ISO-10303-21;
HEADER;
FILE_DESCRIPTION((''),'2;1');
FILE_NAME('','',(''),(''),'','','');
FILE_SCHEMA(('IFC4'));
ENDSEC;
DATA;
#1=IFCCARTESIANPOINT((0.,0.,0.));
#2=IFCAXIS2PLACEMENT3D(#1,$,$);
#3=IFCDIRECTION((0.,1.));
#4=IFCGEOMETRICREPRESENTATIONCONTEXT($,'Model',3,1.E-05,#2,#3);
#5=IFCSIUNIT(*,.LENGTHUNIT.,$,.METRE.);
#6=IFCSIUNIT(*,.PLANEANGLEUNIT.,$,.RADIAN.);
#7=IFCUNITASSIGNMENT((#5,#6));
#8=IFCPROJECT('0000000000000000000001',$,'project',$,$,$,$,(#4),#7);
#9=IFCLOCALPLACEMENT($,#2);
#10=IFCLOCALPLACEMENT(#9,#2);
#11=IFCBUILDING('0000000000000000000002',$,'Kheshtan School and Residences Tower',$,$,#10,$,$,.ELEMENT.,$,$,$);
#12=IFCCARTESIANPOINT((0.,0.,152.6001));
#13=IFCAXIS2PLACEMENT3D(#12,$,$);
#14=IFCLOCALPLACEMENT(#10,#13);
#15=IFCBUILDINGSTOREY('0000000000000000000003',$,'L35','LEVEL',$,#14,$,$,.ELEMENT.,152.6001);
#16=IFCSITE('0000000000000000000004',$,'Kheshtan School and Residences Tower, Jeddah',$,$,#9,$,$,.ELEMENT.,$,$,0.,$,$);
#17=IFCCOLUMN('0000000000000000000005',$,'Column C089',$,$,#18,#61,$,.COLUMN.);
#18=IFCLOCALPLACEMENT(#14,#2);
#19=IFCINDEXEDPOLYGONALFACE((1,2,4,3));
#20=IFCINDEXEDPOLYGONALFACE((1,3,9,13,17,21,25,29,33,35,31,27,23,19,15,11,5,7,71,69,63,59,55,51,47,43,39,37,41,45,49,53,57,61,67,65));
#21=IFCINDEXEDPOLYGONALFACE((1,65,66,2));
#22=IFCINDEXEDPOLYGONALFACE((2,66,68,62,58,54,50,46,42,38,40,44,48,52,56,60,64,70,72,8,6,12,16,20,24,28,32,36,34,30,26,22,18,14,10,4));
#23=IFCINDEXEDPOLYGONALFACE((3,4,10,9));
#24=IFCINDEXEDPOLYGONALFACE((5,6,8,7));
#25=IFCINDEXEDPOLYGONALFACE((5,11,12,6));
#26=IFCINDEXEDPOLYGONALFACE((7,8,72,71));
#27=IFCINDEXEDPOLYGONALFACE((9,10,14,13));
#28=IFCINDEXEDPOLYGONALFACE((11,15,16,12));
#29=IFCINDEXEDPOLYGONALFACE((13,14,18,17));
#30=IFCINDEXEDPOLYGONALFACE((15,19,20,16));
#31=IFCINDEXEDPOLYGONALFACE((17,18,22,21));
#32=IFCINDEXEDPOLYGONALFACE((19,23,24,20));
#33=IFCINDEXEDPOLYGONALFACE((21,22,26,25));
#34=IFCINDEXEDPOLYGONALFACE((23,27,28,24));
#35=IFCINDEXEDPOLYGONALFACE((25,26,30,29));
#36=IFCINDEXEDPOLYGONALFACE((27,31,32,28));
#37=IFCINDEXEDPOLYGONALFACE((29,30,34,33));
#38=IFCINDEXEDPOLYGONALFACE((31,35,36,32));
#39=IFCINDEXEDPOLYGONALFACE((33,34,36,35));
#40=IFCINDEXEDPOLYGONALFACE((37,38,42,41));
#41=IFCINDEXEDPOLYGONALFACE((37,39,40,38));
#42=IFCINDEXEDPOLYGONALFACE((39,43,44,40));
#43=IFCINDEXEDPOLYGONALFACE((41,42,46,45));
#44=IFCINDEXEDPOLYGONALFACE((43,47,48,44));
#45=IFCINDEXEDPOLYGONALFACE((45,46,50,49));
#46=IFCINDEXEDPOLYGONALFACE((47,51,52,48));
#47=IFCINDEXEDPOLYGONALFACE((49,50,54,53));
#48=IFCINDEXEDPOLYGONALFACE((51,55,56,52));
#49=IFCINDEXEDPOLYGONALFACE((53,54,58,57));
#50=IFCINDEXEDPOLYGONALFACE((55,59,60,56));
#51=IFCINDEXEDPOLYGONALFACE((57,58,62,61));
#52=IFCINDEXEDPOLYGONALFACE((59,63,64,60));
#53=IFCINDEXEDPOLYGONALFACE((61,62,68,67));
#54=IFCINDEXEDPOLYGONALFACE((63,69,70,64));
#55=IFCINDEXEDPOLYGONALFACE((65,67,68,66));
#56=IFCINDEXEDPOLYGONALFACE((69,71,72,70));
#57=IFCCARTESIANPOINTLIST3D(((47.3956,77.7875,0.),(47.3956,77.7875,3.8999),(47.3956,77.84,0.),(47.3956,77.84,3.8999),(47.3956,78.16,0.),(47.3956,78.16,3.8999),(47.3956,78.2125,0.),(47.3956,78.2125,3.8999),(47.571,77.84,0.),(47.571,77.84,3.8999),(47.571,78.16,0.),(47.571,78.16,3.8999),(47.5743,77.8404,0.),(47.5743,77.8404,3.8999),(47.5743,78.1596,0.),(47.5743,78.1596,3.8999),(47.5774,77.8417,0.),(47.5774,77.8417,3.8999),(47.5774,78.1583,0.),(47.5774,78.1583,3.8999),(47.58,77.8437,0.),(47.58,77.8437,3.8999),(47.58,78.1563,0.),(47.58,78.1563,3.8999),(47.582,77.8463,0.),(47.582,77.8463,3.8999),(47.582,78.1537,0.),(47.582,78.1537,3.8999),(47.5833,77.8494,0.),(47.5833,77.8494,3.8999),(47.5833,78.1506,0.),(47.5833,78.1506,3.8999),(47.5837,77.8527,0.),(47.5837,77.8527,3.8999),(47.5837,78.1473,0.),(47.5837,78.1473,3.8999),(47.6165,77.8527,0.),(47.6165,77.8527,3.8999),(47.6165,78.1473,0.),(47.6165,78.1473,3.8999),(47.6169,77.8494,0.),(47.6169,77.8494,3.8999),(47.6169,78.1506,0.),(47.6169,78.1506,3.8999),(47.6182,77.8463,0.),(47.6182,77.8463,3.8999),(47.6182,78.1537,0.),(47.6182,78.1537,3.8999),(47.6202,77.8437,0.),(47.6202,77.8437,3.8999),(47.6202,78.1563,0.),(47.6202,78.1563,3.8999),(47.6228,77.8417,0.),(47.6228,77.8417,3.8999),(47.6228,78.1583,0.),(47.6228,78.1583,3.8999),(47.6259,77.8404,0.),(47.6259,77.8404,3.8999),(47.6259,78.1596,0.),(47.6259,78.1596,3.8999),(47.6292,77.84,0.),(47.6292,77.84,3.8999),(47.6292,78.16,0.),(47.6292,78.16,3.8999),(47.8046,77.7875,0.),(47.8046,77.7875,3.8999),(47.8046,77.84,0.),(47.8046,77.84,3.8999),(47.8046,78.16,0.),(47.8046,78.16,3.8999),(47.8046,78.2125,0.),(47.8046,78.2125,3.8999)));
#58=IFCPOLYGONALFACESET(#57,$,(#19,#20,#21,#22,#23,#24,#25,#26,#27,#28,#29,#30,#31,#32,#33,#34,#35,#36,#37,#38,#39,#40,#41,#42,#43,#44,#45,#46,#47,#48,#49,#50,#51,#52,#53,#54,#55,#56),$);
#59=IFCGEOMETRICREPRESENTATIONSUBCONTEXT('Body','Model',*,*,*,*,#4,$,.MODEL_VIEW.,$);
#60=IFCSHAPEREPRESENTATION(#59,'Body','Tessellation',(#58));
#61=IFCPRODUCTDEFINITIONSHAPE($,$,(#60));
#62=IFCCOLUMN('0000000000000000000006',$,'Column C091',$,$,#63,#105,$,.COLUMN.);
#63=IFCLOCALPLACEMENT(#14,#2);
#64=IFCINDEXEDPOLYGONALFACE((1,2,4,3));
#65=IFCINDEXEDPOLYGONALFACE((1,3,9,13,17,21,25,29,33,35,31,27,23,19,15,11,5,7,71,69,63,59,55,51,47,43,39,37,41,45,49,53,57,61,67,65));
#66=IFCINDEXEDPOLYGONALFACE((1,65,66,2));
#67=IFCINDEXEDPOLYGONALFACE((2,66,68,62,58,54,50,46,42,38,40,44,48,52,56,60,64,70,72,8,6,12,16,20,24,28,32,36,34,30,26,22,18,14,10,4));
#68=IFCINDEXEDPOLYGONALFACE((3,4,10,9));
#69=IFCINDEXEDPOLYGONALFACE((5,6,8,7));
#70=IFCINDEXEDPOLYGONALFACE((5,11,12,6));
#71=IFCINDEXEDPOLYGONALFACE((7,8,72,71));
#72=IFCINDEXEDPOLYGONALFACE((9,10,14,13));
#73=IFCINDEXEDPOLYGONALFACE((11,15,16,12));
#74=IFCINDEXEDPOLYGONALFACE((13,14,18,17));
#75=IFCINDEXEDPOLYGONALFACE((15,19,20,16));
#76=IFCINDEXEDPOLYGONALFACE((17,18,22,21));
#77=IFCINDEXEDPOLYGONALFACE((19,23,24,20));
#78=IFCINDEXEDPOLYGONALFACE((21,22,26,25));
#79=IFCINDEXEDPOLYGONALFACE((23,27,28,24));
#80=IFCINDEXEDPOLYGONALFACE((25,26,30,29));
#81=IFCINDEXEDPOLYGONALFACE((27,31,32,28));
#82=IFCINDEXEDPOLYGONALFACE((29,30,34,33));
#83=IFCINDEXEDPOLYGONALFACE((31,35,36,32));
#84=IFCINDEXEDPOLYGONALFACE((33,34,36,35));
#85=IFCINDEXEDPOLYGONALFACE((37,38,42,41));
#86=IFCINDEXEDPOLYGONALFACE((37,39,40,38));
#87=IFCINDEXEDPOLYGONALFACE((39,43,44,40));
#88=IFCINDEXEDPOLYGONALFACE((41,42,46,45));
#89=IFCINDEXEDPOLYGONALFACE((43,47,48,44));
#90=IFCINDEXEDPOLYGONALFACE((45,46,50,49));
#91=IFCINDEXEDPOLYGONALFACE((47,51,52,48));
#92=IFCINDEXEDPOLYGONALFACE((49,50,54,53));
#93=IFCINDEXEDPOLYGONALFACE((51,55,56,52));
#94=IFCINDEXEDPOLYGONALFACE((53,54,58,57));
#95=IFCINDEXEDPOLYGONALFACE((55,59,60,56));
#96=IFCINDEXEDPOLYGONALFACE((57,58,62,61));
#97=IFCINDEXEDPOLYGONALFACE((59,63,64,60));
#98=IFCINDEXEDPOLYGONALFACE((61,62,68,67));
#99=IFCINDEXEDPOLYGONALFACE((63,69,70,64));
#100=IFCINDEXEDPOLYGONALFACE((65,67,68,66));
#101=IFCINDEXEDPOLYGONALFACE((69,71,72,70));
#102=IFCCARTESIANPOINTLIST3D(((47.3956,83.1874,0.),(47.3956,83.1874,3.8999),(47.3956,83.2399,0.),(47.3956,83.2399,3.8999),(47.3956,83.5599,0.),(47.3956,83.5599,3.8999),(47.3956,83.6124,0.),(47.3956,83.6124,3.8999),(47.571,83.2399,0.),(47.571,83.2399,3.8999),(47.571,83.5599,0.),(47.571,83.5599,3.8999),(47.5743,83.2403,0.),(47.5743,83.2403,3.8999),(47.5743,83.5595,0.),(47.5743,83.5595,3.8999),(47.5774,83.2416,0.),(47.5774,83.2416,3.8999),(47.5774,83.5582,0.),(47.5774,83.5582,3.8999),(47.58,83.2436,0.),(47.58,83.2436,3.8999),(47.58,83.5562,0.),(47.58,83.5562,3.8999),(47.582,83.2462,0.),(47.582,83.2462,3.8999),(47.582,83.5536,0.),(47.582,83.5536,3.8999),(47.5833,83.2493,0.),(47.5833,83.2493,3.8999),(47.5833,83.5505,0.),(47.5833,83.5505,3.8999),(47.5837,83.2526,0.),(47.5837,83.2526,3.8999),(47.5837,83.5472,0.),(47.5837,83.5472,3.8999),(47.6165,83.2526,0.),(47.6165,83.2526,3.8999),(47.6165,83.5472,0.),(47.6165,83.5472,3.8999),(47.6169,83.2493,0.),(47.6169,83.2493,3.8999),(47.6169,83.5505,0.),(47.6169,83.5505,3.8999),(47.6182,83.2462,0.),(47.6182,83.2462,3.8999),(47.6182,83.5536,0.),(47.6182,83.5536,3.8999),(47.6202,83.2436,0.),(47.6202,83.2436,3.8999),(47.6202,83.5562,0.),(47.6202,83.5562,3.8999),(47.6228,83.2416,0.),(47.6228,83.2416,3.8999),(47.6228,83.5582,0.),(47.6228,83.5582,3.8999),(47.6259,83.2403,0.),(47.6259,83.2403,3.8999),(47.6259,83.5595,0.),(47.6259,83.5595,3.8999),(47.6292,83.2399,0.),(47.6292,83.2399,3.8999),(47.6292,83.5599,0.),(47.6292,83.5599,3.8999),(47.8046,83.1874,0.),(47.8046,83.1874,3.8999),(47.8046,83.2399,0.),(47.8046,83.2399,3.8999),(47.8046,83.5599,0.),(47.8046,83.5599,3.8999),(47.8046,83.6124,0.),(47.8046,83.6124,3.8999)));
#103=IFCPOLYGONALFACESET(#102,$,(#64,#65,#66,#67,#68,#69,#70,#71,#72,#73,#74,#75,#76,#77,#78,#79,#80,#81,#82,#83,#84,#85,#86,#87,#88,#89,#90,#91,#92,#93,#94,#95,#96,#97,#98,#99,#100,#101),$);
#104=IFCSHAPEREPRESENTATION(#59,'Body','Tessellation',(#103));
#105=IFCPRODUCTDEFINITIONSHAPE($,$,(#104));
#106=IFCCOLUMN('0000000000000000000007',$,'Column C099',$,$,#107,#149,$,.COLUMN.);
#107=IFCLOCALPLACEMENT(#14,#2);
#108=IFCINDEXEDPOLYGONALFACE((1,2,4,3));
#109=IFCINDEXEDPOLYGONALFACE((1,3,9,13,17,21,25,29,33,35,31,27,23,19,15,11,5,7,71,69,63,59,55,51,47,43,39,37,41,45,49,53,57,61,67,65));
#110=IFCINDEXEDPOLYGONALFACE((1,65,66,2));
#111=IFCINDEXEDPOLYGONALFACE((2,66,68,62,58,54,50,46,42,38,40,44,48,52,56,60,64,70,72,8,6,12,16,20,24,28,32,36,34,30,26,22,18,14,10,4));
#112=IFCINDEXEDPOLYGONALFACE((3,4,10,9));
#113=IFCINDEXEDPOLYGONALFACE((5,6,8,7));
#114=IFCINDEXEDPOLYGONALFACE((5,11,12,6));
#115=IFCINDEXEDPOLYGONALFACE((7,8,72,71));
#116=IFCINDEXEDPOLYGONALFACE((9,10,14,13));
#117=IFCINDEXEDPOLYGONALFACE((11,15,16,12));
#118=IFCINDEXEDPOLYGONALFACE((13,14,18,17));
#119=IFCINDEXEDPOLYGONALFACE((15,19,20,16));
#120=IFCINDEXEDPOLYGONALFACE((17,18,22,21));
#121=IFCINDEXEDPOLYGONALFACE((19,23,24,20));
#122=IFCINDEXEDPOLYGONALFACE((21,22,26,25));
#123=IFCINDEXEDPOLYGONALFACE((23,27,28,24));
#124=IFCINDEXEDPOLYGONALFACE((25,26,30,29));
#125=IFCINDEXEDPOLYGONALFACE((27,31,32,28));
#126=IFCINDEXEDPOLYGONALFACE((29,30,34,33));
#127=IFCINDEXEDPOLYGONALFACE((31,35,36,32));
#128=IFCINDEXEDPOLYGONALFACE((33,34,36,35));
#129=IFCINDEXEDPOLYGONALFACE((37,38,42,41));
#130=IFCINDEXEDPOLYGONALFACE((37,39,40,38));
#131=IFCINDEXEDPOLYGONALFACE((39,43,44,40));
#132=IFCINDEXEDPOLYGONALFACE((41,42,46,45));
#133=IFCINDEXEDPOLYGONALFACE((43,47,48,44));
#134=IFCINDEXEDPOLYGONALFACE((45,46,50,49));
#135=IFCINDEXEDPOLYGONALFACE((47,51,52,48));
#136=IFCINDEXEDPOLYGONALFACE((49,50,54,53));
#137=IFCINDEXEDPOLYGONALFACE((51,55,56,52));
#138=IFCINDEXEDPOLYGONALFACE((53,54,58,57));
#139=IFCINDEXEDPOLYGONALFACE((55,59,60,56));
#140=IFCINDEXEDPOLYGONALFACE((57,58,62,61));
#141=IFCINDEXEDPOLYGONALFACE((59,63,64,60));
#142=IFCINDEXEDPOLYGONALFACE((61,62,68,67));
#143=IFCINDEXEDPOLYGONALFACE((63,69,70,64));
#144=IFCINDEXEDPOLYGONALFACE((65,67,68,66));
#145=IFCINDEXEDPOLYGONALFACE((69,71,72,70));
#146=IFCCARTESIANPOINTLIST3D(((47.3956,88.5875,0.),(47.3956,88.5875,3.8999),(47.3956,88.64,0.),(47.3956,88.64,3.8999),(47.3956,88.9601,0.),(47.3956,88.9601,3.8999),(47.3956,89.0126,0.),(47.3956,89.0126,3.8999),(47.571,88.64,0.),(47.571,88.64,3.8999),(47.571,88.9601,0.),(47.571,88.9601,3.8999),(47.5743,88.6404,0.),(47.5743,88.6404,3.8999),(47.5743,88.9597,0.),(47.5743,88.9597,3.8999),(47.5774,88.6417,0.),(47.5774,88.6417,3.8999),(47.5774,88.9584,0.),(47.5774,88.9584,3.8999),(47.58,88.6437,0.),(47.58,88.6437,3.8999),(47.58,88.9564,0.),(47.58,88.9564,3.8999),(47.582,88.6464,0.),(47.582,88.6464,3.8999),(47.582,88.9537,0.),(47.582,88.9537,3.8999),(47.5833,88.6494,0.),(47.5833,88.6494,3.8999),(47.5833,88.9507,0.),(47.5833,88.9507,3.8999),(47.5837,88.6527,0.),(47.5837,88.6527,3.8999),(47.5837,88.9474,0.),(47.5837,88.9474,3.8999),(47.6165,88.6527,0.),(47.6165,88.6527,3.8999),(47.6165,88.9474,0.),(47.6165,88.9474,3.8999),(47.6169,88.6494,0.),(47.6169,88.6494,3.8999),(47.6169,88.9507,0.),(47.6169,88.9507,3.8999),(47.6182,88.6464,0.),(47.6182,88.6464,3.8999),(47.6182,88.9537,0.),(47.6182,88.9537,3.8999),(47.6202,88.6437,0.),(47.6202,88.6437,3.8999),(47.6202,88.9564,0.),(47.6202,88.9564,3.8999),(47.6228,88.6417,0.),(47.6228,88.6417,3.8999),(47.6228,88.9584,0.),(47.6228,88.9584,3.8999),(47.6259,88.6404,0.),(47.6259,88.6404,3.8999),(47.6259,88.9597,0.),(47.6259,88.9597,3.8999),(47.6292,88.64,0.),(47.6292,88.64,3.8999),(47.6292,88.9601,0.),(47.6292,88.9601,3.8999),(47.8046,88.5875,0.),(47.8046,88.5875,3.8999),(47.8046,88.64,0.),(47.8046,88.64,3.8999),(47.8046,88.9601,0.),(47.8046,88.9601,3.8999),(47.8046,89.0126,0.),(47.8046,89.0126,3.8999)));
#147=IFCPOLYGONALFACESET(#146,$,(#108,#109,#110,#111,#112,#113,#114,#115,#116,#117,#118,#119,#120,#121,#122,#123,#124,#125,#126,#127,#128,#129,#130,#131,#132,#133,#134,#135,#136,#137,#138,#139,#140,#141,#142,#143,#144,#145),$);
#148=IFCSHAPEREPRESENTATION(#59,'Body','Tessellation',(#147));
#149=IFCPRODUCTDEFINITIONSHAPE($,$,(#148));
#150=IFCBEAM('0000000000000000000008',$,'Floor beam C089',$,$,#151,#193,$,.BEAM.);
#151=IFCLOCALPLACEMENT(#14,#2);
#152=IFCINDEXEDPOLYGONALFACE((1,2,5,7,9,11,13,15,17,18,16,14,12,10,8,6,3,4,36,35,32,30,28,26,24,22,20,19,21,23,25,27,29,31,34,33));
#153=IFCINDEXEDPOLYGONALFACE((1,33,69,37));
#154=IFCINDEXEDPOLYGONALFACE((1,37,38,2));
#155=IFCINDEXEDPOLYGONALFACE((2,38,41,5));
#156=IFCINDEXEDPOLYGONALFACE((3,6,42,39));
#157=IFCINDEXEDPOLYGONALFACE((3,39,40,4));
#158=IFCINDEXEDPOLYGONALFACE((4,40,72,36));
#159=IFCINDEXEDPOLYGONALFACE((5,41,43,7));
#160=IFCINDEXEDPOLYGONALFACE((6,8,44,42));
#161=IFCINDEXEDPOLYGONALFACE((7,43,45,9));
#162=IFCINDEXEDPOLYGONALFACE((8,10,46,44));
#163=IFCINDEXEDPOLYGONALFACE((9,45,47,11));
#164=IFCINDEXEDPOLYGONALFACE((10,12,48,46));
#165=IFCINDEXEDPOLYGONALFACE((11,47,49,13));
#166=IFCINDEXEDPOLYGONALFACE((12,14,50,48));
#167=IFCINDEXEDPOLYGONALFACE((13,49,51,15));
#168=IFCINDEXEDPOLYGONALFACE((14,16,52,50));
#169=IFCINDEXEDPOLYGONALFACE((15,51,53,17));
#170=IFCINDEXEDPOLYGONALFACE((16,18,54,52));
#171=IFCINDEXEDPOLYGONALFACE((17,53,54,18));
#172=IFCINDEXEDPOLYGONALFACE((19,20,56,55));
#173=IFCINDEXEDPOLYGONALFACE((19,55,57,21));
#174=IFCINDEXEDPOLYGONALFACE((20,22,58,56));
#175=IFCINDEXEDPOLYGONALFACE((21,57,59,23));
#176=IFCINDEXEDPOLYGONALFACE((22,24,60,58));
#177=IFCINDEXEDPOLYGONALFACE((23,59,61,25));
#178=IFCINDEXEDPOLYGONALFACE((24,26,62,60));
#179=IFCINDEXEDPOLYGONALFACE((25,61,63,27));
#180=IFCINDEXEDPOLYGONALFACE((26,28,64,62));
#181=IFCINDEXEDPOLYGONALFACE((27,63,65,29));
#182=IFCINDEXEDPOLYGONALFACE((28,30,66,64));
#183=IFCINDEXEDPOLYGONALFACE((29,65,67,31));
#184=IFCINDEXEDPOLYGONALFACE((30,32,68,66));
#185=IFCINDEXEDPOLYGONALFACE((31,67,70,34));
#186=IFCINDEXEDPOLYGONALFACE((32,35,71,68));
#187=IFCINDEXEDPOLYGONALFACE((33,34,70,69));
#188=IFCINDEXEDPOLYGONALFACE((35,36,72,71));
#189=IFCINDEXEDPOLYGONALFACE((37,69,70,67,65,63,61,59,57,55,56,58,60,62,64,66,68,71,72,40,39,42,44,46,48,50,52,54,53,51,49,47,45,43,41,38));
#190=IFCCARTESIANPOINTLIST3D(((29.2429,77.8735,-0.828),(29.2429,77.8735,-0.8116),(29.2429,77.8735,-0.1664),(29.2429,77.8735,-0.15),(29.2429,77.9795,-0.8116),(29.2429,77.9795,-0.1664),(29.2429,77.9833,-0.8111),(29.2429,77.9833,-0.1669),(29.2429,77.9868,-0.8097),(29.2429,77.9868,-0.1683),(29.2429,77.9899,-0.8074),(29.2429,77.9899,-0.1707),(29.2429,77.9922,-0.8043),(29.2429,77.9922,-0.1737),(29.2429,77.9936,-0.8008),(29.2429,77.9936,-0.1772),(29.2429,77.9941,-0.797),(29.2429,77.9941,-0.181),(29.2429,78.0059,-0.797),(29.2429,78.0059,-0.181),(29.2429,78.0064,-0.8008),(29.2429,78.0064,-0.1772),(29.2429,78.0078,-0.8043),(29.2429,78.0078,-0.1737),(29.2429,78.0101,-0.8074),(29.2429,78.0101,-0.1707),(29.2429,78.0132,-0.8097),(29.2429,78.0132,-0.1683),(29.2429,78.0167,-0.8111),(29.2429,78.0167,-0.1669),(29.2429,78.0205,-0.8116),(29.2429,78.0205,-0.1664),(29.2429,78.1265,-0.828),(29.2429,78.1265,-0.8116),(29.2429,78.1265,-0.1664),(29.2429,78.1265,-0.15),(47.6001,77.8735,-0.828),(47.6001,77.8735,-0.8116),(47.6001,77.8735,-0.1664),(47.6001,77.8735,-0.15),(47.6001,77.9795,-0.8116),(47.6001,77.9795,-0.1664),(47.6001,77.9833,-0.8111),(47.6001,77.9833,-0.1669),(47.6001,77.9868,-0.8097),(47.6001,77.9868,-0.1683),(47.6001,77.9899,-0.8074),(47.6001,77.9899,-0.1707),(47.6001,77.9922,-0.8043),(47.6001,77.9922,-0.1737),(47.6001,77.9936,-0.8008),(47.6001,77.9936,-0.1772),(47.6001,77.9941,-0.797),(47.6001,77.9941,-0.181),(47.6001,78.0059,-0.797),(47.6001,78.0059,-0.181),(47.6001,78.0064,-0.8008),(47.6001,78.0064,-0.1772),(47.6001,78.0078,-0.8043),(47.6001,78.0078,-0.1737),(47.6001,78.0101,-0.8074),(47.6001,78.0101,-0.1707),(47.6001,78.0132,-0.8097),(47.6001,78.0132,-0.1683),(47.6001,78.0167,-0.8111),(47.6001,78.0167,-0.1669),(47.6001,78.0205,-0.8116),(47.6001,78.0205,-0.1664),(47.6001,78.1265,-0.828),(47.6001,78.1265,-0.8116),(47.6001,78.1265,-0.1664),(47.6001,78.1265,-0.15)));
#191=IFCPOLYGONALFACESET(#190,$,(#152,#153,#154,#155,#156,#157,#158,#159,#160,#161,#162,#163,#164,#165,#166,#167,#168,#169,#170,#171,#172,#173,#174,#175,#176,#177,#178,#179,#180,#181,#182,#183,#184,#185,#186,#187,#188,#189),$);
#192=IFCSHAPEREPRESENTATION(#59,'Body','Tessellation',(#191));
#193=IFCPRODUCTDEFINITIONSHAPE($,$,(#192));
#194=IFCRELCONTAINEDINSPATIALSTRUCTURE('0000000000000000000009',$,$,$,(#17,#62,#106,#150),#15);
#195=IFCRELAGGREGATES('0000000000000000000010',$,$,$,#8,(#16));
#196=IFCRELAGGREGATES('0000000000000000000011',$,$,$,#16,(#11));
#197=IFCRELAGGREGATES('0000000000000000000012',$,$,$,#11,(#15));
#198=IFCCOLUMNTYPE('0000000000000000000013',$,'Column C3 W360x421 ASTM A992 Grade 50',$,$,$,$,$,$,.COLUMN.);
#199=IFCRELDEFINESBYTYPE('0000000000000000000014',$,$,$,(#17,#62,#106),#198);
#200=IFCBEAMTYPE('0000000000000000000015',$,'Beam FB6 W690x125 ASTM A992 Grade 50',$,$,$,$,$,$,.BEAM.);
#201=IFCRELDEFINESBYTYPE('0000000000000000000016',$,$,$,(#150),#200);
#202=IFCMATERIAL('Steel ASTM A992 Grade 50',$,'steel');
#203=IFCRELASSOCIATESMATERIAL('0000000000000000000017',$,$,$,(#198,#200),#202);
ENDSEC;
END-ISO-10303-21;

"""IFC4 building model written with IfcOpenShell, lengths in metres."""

from ifc_helpers import new_model, si_unit, direction, frame, origin, origin_2d, place, context, subcontext, project, spatial, i_section, extrude, material, material_profile, profile_set, type_object, element, save


model = new_model("IFC4")

# Units and contexts
model_context = context("Model", 3, precision=1e-05, world=origin(), true_north=direction((0.0, 1.0)))
body_context = subcontext(model_context, "Body", "Model", "MODEL_VIEW")
ifc_project = project(units=[si_unit("LENGTHUNIT", "METRE"), si_unit("PLANEANGLEUNIT", "RADIAN")], contexts=[model_context])

# Site, building, storey
site_placement = place(None, origin())
site = spatial("IfcSite", under=ifc_project, at=site_placement, Name="Kheshtan School and Residences Tower, Jeddah", CompositionType="ELEMENT", RefElevation=0.0)
building_placement = place(site_placement, origin())
building = spatial("IfcBuilding", under=site, at=building_placement, Name="Kheshtan School and Residences Tower", CompositionType="ELEMENT")
storey_placement = place(building_placement, frame((0.0, 0.0, 152.6001)))
storey = spatial("IfcBuildingStorey", under=building, at=storey_placement, Name="L35", Description="LEVEL", CompositionType="ELEMENT", Elevation=152.6001)

# Columns
ifc_material_1 = material(Name="Steel ASTM A992 Grade 50", Category="steel")
ifc_material_profile_1 = material_profile(ifc_material_1, i_section(OverallWidth=0.4089, OverallDepth=0.425, WebThickness=0.0327, FlangeThickness=0.0525, FilletRadius=0.0127, at=origin_2d()), Name="W360x421")
ifc_profile_set_1 = profile_set([ifc_material_profile_1], Name="Steel ASTM A992 Grade 50")
column_type = type_object("IfcColumnType", Name="Column C3 W360x421 ASTM A992 Grade 50", PredefinedType="COLUMN", material=ifc_profile_set_1)
for number, where, z_axis, x_axis, name in (
    (1, (47.6001, 78.0, 0.0), (0.0, 0.0, 1.0), (1.0, 0.0, 0.0), "Column C089"),
    (2, (47.6001, 83.3999, 0.0), (0.0, 0.0, 1.0), (1.0, 0.0, 0.0), "Column C091"),
    (3, (47.6001, 88.8, 0.0), (0.0, 0.0, 1.0), (1.0, 0.0, 0.0), "Column C099"),
):
    element("IfcColumn", number, at=place(storey_placement, frame(where, z_axis=z_axis, x_axis=x_axis)), inside=storey, type_object=column_type, Name=name, PredefinedType="COLUMN", context=body_context, shape_type="SweptSolid", body=[
        extrude(i_section(OverallWidth=0.4089, OverallDepth=0.425, WebThickness=0.0327, FlangeThickness=0.0525, FilletRadius=0.0127, at=origin_2d()), origin(), (0.0, 0.0, 1.0), 3.8999),
    ])

# Beam
ifc_material_profile_2 = material_profile(ifc_material_1, i_section(OverallWidth=0.2529, OverallDepth=0.678, WebThickness=0.0117, FlangeThickness=0.0164, FilletRadius=0.0146, at=origin_2d()), Name="W690x125")
ifc_profile_set_2 = profile_set([ifc_material_profile_2], Name="Steel ASTM A992 Grade 50")
beam_type_1 = type_object("IfcBeamType", Name="Beam FB6 W690x125 ASTM A992 Grade 50", PredefinedType="BEAM", material=ifc_profile_set_2)
beam_1_placement = place(storey_placement, frame((47.6001, 78.0, -0.489), z_axis=(-1.0, 0.0, 0.0), x_axis=(0.0, -1.0, 0.0)))
element("IfcBeam", 4, at=beam_1_placement, inside=storey, type_object=beam_type_1, Name="Floor beam C089", PredefinedType="BEAM", context=body_context, shape_type="SweptSolid", body=[
    extrude(i_section(OverallWidth=0.2529, OverallDepth=0.678, WebThickness=0.0117, FlangeThickness=0.0164, FilletRadius=0.0146, at=origin_2d()), origin(), (0.0, 0.0, 1.0), 18.3572),
])

save(model, "model.ifc")
